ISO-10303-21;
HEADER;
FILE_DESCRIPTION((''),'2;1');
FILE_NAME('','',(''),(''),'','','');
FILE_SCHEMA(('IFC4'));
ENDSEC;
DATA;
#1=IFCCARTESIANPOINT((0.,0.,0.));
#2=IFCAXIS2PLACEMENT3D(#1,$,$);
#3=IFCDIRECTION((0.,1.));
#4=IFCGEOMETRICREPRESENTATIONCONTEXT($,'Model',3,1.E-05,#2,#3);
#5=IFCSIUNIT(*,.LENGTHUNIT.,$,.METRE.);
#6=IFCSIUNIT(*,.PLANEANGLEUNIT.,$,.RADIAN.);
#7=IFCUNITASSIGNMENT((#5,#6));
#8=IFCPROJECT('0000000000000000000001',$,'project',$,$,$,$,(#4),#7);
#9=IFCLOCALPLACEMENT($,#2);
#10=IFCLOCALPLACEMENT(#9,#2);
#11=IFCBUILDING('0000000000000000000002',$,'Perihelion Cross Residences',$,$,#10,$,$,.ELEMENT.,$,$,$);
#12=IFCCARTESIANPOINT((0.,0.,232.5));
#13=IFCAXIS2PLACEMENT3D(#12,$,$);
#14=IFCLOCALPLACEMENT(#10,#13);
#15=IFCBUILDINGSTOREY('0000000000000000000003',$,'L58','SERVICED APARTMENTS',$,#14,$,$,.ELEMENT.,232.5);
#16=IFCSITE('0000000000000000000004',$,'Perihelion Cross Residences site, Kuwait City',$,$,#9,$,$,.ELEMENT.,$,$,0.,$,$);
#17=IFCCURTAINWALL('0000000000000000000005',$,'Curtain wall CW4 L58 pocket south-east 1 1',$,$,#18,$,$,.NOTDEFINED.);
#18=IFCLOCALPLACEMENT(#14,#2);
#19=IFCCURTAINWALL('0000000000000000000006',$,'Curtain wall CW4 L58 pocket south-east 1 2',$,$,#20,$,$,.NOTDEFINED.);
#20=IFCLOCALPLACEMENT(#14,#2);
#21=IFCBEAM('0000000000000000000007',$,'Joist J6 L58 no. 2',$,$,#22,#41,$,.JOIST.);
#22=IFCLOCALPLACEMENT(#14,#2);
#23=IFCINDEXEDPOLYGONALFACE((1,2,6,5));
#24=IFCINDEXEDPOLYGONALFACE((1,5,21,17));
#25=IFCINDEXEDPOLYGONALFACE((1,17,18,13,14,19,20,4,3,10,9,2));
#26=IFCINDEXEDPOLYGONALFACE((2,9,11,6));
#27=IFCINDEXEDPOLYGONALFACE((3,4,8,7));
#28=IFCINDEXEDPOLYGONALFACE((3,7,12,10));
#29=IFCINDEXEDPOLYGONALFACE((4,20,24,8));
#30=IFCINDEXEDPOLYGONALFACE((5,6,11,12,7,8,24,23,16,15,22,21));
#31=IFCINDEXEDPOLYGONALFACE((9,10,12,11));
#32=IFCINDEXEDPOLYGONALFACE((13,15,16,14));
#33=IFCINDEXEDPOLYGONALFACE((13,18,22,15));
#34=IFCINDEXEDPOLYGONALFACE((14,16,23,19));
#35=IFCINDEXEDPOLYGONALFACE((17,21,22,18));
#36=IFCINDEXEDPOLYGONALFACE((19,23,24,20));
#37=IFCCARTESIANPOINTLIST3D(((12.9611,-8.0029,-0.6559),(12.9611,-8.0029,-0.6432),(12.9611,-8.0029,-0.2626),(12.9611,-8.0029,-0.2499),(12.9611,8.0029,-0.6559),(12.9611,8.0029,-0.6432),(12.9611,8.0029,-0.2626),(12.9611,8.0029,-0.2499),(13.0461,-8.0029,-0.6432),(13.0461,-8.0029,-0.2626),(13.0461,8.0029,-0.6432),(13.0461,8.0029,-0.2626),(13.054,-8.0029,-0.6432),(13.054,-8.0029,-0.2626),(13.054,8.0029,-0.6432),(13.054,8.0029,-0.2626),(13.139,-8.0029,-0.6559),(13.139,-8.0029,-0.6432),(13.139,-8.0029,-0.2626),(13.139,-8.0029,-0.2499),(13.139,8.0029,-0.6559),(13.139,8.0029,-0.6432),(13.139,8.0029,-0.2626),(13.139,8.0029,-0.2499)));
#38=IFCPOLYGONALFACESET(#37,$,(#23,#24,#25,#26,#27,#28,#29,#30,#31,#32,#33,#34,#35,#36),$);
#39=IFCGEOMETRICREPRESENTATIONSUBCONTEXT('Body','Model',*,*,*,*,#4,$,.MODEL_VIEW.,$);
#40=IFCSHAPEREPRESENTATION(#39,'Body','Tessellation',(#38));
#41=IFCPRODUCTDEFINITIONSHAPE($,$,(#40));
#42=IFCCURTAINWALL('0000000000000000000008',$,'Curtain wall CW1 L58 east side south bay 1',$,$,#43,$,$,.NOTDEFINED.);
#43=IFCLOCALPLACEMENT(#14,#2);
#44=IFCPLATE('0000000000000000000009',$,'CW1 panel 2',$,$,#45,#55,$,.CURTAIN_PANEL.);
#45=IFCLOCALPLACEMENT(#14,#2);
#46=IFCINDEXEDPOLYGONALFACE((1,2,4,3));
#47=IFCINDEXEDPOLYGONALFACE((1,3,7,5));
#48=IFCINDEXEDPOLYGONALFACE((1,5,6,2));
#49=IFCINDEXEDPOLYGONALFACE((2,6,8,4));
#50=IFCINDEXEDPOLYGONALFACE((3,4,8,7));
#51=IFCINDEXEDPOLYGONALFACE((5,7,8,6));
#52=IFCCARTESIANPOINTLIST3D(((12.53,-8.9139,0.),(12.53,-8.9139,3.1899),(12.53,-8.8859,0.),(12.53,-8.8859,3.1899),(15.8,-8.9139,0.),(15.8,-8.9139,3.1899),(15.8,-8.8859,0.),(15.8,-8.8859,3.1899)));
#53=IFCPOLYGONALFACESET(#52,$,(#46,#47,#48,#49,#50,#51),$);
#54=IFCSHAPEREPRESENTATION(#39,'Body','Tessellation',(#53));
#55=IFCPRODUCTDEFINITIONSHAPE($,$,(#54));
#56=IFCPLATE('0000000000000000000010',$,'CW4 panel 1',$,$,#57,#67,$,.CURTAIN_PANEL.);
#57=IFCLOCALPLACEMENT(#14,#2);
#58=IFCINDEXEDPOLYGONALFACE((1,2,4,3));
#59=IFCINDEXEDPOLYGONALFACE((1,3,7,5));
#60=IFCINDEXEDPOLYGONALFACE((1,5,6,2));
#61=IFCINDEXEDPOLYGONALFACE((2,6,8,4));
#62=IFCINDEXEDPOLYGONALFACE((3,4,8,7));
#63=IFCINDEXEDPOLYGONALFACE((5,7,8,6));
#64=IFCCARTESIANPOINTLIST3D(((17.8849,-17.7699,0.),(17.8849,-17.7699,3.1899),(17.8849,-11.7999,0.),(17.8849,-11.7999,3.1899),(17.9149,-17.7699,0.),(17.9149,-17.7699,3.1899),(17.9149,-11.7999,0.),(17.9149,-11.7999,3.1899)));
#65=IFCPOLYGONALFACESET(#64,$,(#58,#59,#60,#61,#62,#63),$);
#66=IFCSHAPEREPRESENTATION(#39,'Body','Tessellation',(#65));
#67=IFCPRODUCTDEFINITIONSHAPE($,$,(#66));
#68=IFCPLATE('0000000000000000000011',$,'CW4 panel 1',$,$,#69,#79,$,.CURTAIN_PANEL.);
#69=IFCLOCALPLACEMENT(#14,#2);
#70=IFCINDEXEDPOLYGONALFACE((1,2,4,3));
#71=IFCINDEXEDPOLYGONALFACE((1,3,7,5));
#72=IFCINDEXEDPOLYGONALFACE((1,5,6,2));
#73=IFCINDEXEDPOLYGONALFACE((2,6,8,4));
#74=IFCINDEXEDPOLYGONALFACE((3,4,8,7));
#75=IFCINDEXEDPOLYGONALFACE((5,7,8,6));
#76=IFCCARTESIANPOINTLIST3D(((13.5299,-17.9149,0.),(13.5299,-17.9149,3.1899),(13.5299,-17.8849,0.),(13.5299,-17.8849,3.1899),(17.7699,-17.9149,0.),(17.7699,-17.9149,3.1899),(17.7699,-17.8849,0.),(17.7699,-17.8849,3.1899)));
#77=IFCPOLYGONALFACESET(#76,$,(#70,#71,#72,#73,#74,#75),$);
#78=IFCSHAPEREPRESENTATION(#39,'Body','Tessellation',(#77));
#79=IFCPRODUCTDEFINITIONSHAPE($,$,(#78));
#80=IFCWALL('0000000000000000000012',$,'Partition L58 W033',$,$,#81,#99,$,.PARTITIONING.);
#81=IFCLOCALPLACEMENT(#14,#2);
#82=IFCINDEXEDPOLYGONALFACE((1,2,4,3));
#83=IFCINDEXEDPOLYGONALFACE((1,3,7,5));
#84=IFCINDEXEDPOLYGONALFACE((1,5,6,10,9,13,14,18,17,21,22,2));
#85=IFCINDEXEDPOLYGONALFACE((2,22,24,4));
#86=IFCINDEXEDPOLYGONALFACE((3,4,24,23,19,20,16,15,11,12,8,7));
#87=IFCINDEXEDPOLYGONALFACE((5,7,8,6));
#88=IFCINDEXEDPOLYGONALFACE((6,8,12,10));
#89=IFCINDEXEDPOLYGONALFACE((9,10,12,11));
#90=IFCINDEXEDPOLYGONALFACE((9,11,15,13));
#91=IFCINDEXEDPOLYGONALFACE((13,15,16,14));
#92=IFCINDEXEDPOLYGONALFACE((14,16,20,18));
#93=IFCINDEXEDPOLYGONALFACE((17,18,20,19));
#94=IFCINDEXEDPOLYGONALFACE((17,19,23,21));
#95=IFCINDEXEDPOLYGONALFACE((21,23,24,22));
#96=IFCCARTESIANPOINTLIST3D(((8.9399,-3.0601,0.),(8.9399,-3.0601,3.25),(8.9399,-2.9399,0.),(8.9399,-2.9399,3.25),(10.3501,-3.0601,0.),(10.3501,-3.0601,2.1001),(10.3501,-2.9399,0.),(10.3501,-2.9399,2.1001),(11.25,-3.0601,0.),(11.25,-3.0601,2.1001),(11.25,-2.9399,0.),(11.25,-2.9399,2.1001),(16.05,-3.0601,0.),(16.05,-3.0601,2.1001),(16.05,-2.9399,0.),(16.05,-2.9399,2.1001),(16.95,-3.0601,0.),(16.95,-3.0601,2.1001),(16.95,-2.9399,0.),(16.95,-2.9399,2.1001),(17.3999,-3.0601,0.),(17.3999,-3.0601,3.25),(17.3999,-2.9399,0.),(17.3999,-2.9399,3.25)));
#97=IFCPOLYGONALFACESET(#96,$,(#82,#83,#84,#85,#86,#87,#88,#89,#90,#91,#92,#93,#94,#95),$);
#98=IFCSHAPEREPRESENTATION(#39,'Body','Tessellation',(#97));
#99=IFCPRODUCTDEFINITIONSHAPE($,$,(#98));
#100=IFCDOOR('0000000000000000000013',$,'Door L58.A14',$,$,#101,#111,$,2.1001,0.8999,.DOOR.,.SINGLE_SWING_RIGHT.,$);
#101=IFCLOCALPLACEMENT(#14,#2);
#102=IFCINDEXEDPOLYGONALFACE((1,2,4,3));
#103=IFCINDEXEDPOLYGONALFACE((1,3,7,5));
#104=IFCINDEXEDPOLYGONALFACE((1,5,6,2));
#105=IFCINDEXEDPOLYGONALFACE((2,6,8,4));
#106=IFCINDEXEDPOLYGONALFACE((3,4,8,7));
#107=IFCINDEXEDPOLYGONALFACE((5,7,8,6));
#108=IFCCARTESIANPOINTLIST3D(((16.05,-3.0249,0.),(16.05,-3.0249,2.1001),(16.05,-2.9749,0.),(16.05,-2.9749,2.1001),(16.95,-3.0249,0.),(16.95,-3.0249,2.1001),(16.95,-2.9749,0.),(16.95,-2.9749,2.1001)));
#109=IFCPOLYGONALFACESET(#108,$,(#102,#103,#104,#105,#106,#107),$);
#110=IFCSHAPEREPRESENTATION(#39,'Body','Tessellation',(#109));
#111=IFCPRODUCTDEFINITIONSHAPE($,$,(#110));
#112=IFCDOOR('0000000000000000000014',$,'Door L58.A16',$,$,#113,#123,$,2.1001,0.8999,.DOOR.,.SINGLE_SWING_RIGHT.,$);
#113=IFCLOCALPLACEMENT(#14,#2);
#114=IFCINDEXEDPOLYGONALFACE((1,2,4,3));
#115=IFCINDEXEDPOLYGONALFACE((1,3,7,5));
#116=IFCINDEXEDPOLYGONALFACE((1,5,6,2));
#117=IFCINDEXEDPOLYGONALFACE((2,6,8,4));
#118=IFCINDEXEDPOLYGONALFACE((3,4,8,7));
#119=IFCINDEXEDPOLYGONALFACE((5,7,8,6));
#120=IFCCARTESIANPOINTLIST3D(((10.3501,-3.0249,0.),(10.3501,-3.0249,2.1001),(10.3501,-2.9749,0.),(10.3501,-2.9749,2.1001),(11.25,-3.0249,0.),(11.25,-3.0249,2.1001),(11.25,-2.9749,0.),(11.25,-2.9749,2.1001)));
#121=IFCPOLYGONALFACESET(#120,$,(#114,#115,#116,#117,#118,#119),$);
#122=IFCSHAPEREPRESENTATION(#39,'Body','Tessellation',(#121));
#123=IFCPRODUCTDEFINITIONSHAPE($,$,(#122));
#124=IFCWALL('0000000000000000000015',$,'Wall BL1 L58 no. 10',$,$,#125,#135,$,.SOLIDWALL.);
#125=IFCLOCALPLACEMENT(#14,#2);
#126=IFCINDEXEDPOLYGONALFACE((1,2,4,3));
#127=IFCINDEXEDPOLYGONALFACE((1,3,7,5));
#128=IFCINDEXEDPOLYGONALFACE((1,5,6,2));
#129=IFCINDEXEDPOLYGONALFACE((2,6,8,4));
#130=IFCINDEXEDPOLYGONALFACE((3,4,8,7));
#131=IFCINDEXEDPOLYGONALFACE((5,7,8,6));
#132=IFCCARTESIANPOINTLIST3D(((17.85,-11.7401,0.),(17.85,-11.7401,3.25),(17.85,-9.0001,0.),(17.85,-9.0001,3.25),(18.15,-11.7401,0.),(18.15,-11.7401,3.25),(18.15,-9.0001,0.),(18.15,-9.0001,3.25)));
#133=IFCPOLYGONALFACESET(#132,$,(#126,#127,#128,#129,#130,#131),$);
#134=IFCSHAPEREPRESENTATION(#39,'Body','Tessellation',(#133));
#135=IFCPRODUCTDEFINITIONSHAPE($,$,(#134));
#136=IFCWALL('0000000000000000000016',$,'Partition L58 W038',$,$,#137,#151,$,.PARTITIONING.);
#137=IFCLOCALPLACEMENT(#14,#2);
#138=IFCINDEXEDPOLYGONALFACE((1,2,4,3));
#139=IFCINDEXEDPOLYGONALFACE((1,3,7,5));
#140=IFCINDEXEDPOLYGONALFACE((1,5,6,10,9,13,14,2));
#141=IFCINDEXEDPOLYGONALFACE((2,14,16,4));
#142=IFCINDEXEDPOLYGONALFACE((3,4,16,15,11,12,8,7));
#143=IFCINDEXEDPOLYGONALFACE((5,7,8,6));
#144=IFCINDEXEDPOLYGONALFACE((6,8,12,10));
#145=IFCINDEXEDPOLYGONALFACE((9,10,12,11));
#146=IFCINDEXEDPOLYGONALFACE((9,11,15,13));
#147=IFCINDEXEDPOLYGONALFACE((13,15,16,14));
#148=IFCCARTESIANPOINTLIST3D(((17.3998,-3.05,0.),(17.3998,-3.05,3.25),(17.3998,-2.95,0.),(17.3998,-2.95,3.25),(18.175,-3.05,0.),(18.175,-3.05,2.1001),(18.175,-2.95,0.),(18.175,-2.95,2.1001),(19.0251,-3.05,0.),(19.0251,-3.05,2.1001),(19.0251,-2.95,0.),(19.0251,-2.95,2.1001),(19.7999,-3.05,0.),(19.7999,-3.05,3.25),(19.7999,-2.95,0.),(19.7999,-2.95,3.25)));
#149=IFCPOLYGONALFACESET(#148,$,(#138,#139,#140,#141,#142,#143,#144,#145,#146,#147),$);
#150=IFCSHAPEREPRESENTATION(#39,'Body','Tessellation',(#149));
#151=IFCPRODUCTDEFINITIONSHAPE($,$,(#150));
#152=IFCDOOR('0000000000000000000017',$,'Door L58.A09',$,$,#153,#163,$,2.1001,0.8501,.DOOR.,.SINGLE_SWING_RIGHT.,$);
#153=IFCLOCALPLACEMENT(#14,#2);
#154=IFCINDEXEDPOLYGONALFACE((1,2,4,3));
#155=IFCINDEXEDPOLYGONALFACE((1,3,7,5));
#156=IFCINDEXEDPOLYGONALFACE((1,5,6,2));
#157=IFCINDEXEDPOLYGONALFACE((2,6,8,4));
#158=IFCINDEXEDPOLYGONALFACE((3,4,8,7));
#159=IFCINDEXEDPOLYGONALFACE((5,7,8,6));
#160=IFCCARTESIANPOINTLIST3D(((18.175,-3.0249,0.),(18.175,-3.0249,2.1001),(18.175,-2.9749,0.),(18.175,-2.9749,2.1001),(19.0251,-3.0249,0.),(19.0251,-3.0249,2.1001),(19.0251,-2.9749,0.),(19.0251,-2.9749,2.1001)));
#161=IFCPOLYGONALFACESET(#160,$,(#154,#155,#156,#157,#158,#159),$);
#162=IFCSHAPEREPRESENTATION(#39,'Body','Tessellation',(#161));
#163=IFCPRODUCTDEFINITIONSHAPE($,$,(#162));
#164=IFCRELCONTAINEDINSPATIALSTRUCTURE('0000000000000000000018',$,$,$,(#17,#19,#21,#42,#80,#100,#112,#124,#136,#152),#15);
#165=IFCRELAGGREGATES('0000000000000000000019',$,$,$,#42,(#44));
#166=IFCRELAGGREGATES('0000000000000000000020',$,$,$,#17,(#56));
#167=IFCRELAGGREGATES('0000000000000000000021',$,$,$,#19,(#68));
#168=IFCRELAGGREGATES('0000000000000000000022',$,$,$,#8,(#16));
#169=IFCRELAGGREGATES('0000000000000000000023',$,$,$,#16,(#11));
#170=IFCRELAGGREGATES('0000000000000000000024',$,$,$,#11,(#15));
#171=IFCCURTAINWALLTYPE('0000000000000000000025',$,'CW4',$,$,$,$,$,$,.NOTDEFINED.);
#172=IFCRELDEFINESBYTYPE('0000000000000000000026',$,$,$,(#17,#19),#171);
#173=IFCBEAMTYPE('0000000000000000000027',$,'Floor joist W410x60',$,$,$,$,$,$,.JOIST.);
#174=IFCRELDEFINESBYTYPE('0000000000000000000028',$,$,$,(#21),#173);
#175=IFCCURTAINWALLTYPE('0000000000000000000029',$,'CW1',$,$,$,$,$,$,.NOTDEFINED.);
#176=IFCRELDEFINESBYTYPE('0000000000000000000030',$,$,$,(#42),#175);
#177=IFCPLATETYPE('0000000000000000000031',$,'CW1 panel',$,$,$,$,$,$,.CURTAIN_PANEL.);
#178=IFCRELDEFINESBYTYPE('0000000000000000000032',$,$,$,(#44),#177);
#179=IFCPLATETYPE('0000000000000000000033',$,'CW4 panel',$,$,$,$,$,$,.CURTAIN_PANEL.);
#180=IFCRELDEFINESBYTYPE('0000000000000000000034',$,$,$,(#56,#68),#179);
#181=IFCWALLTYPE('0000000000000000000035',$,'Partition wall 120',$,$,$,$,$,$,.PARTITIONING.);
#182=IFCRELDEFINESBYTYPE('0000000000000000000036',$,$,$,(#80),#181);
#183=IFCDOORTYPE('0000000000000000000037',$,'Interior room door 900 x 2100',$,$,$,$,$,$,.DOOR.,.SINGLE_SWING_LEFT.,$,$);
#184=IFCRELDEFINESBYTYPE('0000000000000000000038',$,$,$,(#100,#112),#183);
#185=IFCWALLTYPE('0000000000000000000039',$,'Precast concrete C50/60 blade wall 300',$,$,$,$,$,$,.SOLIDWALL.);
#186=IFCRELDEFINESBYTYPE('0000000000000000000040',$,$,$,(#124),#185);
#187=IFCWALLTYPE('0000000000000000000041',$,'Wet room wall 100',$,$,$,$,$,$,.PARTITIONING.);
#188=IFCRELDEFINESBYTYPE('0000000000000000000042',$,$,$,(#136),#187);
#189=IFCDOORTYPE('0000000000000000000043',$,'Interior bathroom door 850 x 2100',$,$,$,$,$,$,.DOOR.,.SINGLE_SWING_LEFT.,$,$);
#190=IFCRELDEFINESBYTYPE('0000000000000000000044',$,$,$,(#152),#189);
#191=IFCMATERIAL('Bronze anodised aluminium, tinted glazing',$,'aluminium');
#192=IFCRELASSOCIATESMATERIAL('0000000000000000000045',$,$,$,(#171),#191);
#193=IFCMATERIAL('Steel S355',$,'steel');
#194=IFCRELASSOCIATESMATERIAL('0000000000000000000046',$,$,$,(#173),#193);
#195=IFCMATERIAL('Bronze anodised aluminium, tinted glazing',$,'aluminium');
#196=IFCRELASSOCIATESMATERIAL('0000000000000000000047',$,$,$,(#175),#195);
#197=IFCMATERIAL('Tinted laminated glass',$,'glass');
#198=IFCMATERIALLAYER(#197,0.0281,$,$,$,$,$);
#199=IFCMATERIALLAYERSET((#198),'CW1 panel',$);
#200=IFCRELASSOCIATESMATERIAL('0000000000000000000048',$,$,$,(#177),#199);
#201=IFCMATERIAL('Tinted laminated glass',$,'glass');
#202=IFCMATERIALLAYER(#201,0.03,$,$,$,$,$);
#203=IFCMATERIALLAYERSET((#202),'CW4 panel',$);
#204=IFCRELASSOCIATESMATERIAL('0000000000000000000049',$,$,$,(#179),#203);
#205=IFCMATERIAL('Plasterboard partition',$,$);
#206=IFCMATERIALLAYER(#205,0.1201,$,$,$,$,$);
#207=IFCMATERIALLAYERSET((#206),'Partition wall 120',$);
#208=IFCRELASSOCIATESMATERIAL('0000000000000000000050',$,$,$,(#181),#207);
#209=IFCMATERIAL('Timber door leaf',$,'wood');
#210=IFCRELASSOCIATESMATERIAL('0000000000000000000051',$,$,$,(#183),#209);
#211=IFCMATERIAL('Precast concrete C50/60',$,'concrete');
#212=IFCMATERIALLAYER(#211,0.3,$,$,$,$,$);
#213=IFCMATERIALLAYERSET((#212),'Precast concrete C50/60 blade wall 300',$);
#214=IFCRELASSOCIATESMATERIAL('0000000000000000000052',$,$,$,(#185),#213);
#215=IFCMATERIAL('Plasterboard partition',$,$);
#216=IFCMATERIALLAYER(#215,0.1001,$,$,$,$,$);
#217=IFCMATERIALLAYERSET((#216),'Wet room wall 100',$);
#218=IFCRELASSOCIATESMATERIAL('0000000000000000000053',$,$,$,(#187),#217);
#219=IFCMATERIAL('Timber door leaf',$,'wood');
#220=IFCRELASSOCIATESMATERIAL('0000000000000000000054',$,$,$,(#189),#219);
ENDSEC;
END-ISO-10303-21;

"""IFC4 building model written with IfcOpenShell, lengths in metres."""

from ifc_helpers import new_model, si_unit, direction, frame, frame_2d, origin, origin_2d, place, context, subcontext, project, spatial, rectangle, i_section, extrude, material, layer, layer_set, material_profile, profile_set, type_object, element, fill, aggregate, save


model = new_model("IFC4")

# Units and contexts
model_context = context("Model", 3, precision=1e-05, world=origin(), true_north=direction((0.0, 1.0)))
body_context = subcontext(model_context, "Body", "Model", "MODEL_VIEW")
ifc_project = project(units=[si_unit("LENGTHUNIT", "METRE"), si_unit("PLANEANGLEUNIT", "RADIAN")], contexts=[model_context])

# Site, building, storey
site_placement = place(None, origin())
site = spatial("IfcSite", under=ifc_project, at=site_placement, Name="Perihelion Cross Residences site, Kuwait City", CompositionType="ELEMENT", RefElevation=0.0)
building_placement = place(site_placement, origin())
building = spatial("IfcBuilding", under=site, at=building_placement, Name="Perihelion Cross Residences", CompositionType="ELEMENT")
storey_placement = place(building_placement, frame((0.0, 0.0, 232.5)))
storey = spatial("IfcBuildingStorey", under=building, at=storey_placement, Name="L58", Description="SERVICED APARTMENTS", CompositionType="ELEMENT", Elevation=232.5)

# Curtain walls
ifc_material_1 = material(Name="Bronze anodised aluminium, tinted glazing", Category="aluminium")
curtain_wall_type_1 = type_object("IfcCurtainWallType", Name="CW4", PredefinedType="NOTDEFINED", material=ifc_material_1)
curtain_wall_1_placement = place(storey_placement, origin())
curtain_wall_1 = element("IfcCurtainWall", 1, at=curtain_wall_1_placement, inside=storey, type_object=curtain_wall_type_1, Name="Curtain wall CW4 L58 pocket south-east 1 1", PredefinedType="NOTDEFINED")
curtain_wall_2_placement = place(storey_placement, origin())
curtain_wall_2 = element("IfcCurtainWall", 2, at=curtain_wall_2_placement, inside=storey, type_object=curtain_wall_type_1, Name="Curtain wall CW4 L58 pocket south-east 1 2", PredefinedType="NOTDEFINED")

# Beam
ifc_material_2 = material(Name="Steel S355", Category="steel")
ifc_material_profile_1 = material_profile(ifc_material_2, i_section(OverallWidth=0.178, OverallDepth=0.406, WebThickness=0.0078, FlangeThickness=0.0127, at=origin_2d()), Name="W410x60")
ifc_profile_set_1 = profile_set([ifc_material_profile_1], Name="Steel S355")
beam_type_1 = type_object("IfcBeamType", Name="Floor joist W410x60", PredefinedType="JOIST", material=ifc_profile_set_1)
beam_1_placement = place(storey_placement, frame((13.05, -8.0029, -0.4529), z_axis=(0.0, 1.0, 0.0), x_axis=(-1.0, 0.0, 0.0)))
element("IfcBeam", 3, at=beam_1_placement, inside=storey, type_object=beam_type_1, Name="Joist J6 L58 no. 2", PredefinedType="JOIST", context=body_context, shape_type="SweptSolid", body=[
    extrude(i_section(OverallWidth=0.178, OverallDepth=0.406, WebThickness=0.0078, FlangeThickness=0.0127, at=origin_2d()), origin(), (0.0, 0.0, 1.0), 16.0059),
])

# Curtain wall, plate
ifc_material_3 = material(Name="Bronze anodised aluminium, tinted glazing", Category="aluminium")
curtain_wall_type_2 = type_object("IfcCurtainWallType", Name="CW1", PredefinedType="NOTDEFINED", material=ifc_material_3)
curtain_wall_3_placement = place(storey_placement, origin())
curtain_wall_3 = element("IfcCurtainWall", 4, at=curtain_wall_3_placement, inside=storey, type_object=curtain_wall_type_2, Name="Curtain wall CW1 L58 east side south bay 1", PredefinedType="NOTDEFINED")
ifc_material_4 = material(Name="Tinted laminated glass", Category="glass")
ifc_layer_1 = layer(ifc_material_4, 0.0281)
ifc_layer_set_1 = layer_set([ifc_layer_1], Name="CW1 panel")
plate_type_1 = type_object("IfcPlateType", Name="CW1 panel", PredefinedType="CURTAIN_PANEL", material=ifc_layer_set_1)
plate_1_placement = place(storey_placement, frame((14.165, -8.8999, 0.0), z_axis=(0.0, 0.0, 1.0), x_axis=(1.0, 0.0, 0.0)))
plate_1 = element("IfcPlate", 5, at=plate_1_placement, type_object=plate_type_1, Name="CW1 panel 2", PredefinedType="CURTAIN_PANEL", context=body_context, shape_type="SweptSolid", body=[
    extrude(rectangle(XDim=3.27, YDim=0.0281, at=origin_2d()), origin(), (0.0, 0.0, 1.0), 3.1899),
])
aggregate(curtain_wall_3, [plate_1])

# Plates
ifc_material_5 = material(Name="Tinted laminated glass", Category="glass")
ifc_layer_2 = layer(ifc_material_5, 0.03)
ifc_layer_set_2 = layer_set([ifc_layer_2], Name="CW4 panel")
plate_type_2 = type_object("IfcPlateType", Name="CW4 panel", PredefinedType="CURTAIN_PANEL", material=ifc_layer_set_2)
plate_2_placement = place(storey_placement, frame((17.8999, -14.7849, 0.0), z_axis=(0.0, 0.0, 1.0), x_axis=(0.0, -1.0, 0.0)))
plate_2 = element("IfcPlate", 6, at=plate_2_placement, type_object=plate_type_2, Name="CW4 panel 1", PredefinedType="CURTAIN_PANEL", context=body_context, shape_type="SweptSolid", body=[
    extrude(rectangle(XDim=5.97, YDim=0.03, at=origin_2d()), origin(), (0.0, 0.0, 1.0), 3.1899),
])
aggregate(curtain_wall_1, [plate_2])
plate_3_placement = place(storey_placement, frame((15.6499, -17.8999, 0.0), z_axis=(0.0, 0.0, 1.0), x_axis=(-1.0, 0.0, 0.0)))
plate_3 = element("IfcPlate", 7, at=plate_3_placement, type_object=plate_type_2, Name="CW4 panel 1", PredefinedType="CURTAIN_PANEL", context=body_context, shape_type="SweptSolid", body=[
    extrude(rectangle(XDim=4.24, YDim=0.03, at=origin_2d()), origin(), (0.0, 0.0, 1.0), 3.1899),
])
aggregate(curtain_wall_2, [plate_3])

# Wall, openings, doors
ifc_material_6 = material(Name="Plasterboard partition")
ifc_layer_3 = layer(ifc_material_6, 0.1201)
ifc_layer_set_3 = layer_set([ifc_layer_3], Name="Partition wall 120")
wall_type_1 = type_object("IfcWallType", Name="Partition wall 120", PredefinedType="PARTITIONING", material=ifc_layer_set_3)
wall_1_placement = place(storey_placement, frame((17.3999, -3.0, 0.0), z_axis=(0.0, 0.0, 1.0), x_axis=(-1.0, 0.0, 0.0)))
wall_1 = element("IfcWall", 8, at=wall_1_placement, inside=storey, type_object=wall_type_1, Name="Partition L58 W033", PredefinedType="PARTITIONING", context=body_context, shape_type="SweptSolid", body=[
    extrude(rectangle(XDim=8.46, YDim=0.1201, at=frame_2d((4.23, 0.0))), origin(), (0.0, 0.0, 1.0), 3.25),
])
opening_1_placement = place(wall_1_placement, frame((0.45, 0.0, 0.0)))
opening_1 = element("IfcOpeningElement", 9, at=opening_1_placement, cuts=wall_1, PredefinedType="OPENING", context=body_context, shape_type="SweptSolid", body=[
    extrude(rectangle(XDim=0.8999, YDim=2.1001, at=frame_2d((0.45, 1.05))), frame((0.0, 0.0701, 0.0), z_axis=(0.0, -1.0, 0.0), x_axis=(1.0, 0.0, 0.0)), (0.0, 0.0, 1.0), 0.1401),
])
opening_2_placement = place(wall_1_placement, frame((6.1499, 0.0, 0.0)))
opening_2 = element("IfcOpeningElement", 10, at=opening_2_placement, cuts=wall_1, PredefinedType="OPENING", context=body_context, shape_type="SweptSolid", body=[
    extrude(rectangle(XDim=0.8999, YDim=2.1001, at=frame_2d((0.45, 1.05))), frame((0.0, 0.0701, 0.0), z_axis=(0.0, -1.0, 0.0), x_axis=(1.0, 0.0, 0.0)), (0.0, 0.0, 1.0), 0.1401),
])
ifc_material_7 = material(Name="Timber door leaf", Category="wood")
door_type_1 = type_object("IfcDoorType", Name="Interior room door 900 x 2100", OperationType="SINGLE_SWING_LEFT", PredefinedType="DOOR", material=ifc_material_7)
door_1_placement = place(opening_1_placement, origin())
door_1 = element("IfcDoor", 11, at=door_1_placement, inside=storey, type_object=door_type_1, Name="Door L58.A14", OperationType="SINGLE_SWING_RIGHT", OverallHeight=2.1001, OverallWidth=0.8999, PredefinedType="DOOR", context=body_context, shape_type="SweptSolid", body=[
    extrude(rectangle(XDim=0.8999, YDim=2.1001, at=frame_2d((0.45, 1.05))), frame((0.0, 0.0249, 0.0), z_axis=(0.0, -1.0, 0.0), x_axis=(1.0, 0.0, 0.0)), (0.0, 0.0, 1.0), 0.05),
])
fill(opening_1, door_1)
door_2_placement = place(opening_2_placement, origin())
door_2 = element("IfcDoor", 12, at=door_2_placement, inside=storey, type_object=door_type_1, Name="Door L58.A16", OperationType="SINGLE_SWING_RIGHT", OverallHeight=2.1001, OverallWidth=0.8999, PredefinedType="DOOR", context=body_context, shape_type="SweptSolid", body=[
    extrude(rectangle(XDim=0.8999, YDim=2.1001, at=frame_2d((0.45, 1.05))), frame((0.0, 0.0249, 0.0), z_axis=(0.0, -1.0, 0.0), x_axis=(1.0, 0.0, 0.0)), (0.0, 0.0, 1.0), 0.05),
])
fill(opening_2, door_2)

# Wall
ifc_material_8 = material(Name="Precast concrete C50/60", Category="concrete")
ifc_layer_4 = layer(ifc_material_8, 0.3)
ifc_layer_set_4 = layer_set([ifc_layer_4], Name="Precast concrete C50/60 blade wall 300")
wall_type_2 = type_object("IfcWallType", Name="Precast concrete C50/60 blade wall 300", PredefinedType="SOLIDWALL", material=ifc_layer_set_4)
wall_2_placement = place(storey_placement, frame((18.0, -9.0, 0.0), z_axis=(0.0, 0.0, 1.0), x_axis=(0.0, -1.0, 0.0)))
element("IfcWall", 13, at=wall_2_placement, inside=storey, type_object=wall_type_2, Name="Wall BL1 L58 no. 10", PredefinedType="SOLIDWALL", context=body_context, shape_type="SweptSolid", body=[
    extrude(rectangle(XDim=2.74, YDim=0.3, at=frame_2d((1.3701, 0.0))), origin(), (0.0, 0.0, 1.0), 3.25),
])

# Wall, opening, door
ifc_material_9 = material(Name="Plasterboard partition")
ifc_layer_5 = layer(ifc_material_9, 0.1001)
ifc_layer_set_5 = layer_set([ifc_layer_5], Name="Wet room wall 100")
wall_type_3 = type_object("IfcWallType", Name="Wet room wall 100", PredefinedType="PARTITIONING", material=ifc_layer_set_5)
wall_3_placement = place(storey_placement, frame((19.8, -3.0, 0.0), z_axis=(0.0, 0.0, 1.0), x_axis=(-1.0, 0.0, 0.0)))
wall_3 = element("IfcWall", 14, at=wall_3_placement, inside=storey, type_object=wall_type_3, Name="Partition L58 W038", PredefinedType="PARTITIONING", context=body_context, shape_type="SweptSolid", body=[
    extrude(rectangle(XDim=2.4001, YDim=0.1001, at=frame_2d((1.2002, 0.0))), origin(), (0.0, 0.0, 1.0), 3.25),
])
opening_3_placement = place(wall_3_placement, frame((0.7749, 0.0, 0.0)))
opening_3 = element("IfcOpeningElement", 15, at=opening_3_placement, cuts=wall_3, PredefinedType="OPENING", context=body_context, shape_type="SweptSolid", body=[
    extrude(rectangle(XDim=0.8501, YDim=2.1001, at=frame_2d((0.425, 1.05))), frame((0.0, 0.0601, 0.0), z_axis=(0.0, -1.0, 0.0), x_axis=(1.0, 0.0, 0.0)), (0.0, 0.0, 1.0), 0.1201),
])
ifc_material_10 = material(Name="Timber door leaf", Category="wood")
door_type_2 = type_object("IfcDoorType", Name="Interior bathroom door 850 x 2100", OperationType="SINGLE_SWING_LEFT", PredefinedType="DOOR", material=ifc_material_10)
door_3_placement = place(opening_3_placement, origin())
door_3 = element("IfcDoor", 16, at=door_3_placement, inside=storey, type_object=door_type_2, Name="Door L58.A09", OperationType="SINGLE_SWING_RIGHT", OverallHeight=2.1001, OverallWidth=0.8501, PredefinedType="DOOR", context=body_context, shape_type="SweptSolid", body=[
    extrude(rectangle(XDim=0.8501, YDim=2.1001, at=frame_2d((0.425, 1.05))), frame((0.0, 0.0249, 0.0), z_axis=(0.0, -1.0, 0.0), x_axis=(1.0, 0.0, 0.0)), (0.0, 0.0, 1.0), 0.05),
])
fill(opening_3, door_3)

save(model, "model.ifc")
